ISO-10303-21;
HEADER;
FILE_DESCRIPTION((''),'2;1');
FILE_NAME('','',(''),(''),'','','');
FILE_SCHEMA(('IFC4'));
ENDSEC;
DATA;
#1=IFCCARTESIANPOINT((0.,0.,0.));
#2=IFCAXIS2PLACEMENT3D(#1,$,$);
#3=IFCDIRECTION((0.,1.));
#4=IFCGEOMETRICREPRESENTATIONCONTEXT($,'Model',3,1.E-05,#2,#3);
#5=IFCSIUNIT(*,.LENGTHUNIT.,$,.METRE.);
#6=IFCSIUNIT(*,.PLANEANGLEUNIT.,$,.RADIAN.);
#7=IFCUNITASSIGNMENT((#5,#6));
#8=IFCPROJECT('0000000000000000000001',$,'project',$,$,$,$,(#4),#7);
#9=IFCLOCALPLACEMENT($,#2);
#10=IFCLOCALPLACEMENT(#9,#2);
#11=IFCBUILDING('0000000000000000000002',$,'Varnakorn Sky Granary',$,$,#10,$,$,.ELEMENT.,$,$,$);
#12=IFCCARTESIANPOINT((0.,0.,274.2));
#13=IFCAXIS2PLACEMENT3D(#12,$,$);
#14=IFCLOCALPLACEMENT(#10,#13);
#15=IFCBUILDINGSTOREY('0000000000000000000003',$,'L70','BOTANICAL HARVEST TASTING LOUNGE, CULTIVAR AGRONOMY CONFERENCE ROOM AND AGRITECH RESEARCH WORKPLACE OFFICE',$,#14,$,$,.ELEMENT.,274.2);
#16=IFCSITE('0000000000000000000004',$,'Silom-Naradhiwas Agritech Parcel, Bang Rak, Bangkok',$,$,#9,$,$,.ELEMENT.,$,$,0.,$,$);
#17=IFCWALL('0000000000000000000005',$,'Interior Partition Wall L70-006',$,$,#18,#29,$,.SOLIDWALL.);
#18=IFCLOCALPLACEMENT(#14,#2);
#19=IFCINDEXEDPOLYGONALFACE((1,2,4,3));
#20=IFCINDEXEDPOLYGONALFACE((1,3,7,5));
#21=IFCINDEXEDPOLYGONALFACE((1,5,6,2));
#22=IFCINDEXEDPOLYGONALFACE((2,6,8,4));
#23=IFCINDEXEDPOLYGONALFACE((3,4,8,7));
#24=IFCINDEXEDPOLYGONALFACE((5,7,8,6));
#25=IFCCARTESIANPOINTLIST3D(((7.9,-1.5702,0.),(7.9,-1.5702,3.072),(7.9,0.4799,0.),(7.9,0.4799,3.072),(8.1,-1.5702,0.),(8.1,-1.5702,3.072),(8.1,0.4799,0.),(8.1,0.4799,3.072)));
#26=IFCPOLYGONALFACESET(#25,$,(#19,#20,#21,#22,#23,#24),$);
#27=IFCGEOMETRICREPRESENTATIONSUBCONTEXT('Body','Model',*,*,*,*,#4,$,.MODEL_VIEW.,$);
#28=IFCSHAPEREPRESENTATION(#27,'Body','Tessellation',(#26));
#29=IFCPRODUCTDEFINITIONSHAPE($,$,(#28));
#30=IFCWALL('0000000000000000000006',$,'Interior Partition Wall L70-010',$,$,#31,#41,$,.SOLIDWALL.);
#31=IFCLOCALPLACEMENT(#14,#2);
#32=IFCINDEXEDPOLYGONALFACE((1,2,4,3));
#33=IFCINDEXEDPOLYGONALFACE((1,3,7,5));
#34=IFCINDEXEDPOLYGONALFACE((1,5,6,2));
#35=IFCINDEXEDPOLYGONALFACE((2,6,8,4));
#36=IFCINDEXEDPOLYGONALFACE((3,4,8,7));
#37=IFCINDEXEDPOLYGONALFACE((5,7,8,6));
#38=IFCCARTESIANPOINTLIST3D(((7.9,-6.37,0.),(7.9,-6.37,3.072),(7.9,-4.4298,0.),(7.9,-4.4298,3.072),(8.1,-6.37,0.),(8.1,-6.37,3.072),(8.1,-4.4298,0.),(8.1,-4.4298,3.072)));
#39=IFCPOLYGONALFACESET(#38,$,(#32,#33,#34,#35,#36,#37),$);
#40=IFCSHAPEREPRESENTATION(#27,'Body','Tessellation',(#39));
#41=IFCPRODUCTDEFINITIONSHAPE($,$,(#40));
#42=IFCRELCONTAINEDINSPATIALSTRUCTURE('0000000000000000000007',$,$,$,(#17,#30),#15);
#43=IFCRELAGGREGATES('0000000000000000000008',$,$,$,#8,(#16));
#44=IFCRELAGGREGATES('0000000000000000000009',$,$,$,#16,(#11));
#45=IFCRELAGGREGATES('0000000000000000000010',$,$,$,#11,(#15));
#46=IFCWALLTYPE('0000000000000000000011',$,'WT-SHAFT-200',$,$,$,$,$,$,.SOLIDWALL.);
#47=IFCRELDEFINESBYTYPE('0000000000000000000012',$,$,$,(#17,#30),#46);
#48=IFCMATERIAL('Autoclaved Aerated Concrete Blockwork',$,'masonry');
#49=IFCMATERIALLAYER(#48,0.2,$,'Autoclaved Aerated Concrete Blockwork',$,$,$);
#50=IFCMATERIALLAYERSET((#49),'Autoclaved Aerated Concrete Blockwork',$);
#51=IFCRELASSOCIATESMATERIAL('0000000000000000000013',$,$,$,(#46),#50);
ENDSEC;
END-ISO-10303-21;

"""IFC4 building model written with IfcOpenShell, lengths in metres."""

from ifc_helpers import new_model, si_unit, direction, frame, frame_2d, origin, place, context, subcontext, project, spatial, rectangle, extrude, material, layer, layer_set, type_object, element, save


model = new_model("IFC4")

# Units and contexts
model_context = context("Model", 3, precision=1e-05, world=origin(), true_north=direction((0.0, 1.0)))
body_context = subcontext(model_context, "Body", "Model", "MODEL_VIEW")
ifc_project = project(units=[si_unit("LENGTHUNIT", "METRE"), si_unit("PLANEANGLEUNIT", "RADIAN")], contexts=[model_context])

# Site, building, storey
site_placement = place(None, origin())
site = spatial("IfcSite", under=ifc_project, at=site_placement, Name="Silom-Naradhiwas Agritech Parcel, Bang Rak, Bangkok", CompositionType="ELEMENT", RefElevation=0.0)
building_placement = place(site_placement, origin())
building = spatial("IfcBuilding", under=site, at=building_placement, Name="Varnakorn Sky Granary", CompositionType="ELEMENT")
storey_placement = place(building_placement, frame((0.0, 0.0, 274.2)))
storey = spatial("IfcBuildingStorey", under=building, at=storey_placement, Name="L70", Description="BOTANICAL HARVEST TASTING LOUNGE, CULTIVAR AGRONOMY CONFERENCE ROOM AND AGRITECH RESEARCH WORKPLACE OFFICE", CompositionType="ELEMENT", Elevation=274.2)

# Shared definitions
ifc_material_1 = material(Name="Autoclaved Aerated Concrete Blockwork", Category="masonry")

# Walls
ifc_layer_1 = layer(ifc_material_1, 0.2, Name="Autoclaved Aerated Concrete Blockwork")
ifc_layer_set_1 = layer_set([ifc_layer_1], Name="Autoclaved Aerated Concrete Blockwork")
wall_type_1 = type_object("IfcWallType", Name="WT-SHAFT-200", PredefinedType="SOLIDWALL", material=ifc_layer_set_1)
wall_1_placement = place(storey_placement, frame((8.0, -1.5701, 0.0), z_axis=(0.0, 0.0, 1.0), x_axis=(0.0, 1.0, 0.0)))
element("IfcWall", 1, at=wall_1_placement, inside=storey, type_object=wall_type_1, Name="Interior Partition Wall L70-006", PredefinedType="SOLIDWALL", context=body_context, shape_type="SweptSolid", body=[
    extrude(rectangle(XDim=2.05, YDim=0.2, at=frame_2d((1.0249, 0.0))), origin(), (0.0, 0.0, 1.0), 3.072),
])
wall_2_placement = place(storey_placement, frame((8.0, -6.3701, 0.0), z_axis=(0.0, 0.0, 1.0), x_axis=(0.0, 1.0, 0.0)))
element("IfcWall", 2, at=wall_2_placement, inside=storey, type_object=wall_type_1, Name="Interior Partition Wall L70-010", PredefinedType="SOLIDWALL", context=body_context, shape_type="SweptSolid", body=[
    extrude(rectangle(XDim=1.9402, YDim=0.2, at=frame_2d((0.9702, 0.0))), origin(), (0.0, 0.0, 1.0), 3.072),
])

save(model, "model.ifc")
